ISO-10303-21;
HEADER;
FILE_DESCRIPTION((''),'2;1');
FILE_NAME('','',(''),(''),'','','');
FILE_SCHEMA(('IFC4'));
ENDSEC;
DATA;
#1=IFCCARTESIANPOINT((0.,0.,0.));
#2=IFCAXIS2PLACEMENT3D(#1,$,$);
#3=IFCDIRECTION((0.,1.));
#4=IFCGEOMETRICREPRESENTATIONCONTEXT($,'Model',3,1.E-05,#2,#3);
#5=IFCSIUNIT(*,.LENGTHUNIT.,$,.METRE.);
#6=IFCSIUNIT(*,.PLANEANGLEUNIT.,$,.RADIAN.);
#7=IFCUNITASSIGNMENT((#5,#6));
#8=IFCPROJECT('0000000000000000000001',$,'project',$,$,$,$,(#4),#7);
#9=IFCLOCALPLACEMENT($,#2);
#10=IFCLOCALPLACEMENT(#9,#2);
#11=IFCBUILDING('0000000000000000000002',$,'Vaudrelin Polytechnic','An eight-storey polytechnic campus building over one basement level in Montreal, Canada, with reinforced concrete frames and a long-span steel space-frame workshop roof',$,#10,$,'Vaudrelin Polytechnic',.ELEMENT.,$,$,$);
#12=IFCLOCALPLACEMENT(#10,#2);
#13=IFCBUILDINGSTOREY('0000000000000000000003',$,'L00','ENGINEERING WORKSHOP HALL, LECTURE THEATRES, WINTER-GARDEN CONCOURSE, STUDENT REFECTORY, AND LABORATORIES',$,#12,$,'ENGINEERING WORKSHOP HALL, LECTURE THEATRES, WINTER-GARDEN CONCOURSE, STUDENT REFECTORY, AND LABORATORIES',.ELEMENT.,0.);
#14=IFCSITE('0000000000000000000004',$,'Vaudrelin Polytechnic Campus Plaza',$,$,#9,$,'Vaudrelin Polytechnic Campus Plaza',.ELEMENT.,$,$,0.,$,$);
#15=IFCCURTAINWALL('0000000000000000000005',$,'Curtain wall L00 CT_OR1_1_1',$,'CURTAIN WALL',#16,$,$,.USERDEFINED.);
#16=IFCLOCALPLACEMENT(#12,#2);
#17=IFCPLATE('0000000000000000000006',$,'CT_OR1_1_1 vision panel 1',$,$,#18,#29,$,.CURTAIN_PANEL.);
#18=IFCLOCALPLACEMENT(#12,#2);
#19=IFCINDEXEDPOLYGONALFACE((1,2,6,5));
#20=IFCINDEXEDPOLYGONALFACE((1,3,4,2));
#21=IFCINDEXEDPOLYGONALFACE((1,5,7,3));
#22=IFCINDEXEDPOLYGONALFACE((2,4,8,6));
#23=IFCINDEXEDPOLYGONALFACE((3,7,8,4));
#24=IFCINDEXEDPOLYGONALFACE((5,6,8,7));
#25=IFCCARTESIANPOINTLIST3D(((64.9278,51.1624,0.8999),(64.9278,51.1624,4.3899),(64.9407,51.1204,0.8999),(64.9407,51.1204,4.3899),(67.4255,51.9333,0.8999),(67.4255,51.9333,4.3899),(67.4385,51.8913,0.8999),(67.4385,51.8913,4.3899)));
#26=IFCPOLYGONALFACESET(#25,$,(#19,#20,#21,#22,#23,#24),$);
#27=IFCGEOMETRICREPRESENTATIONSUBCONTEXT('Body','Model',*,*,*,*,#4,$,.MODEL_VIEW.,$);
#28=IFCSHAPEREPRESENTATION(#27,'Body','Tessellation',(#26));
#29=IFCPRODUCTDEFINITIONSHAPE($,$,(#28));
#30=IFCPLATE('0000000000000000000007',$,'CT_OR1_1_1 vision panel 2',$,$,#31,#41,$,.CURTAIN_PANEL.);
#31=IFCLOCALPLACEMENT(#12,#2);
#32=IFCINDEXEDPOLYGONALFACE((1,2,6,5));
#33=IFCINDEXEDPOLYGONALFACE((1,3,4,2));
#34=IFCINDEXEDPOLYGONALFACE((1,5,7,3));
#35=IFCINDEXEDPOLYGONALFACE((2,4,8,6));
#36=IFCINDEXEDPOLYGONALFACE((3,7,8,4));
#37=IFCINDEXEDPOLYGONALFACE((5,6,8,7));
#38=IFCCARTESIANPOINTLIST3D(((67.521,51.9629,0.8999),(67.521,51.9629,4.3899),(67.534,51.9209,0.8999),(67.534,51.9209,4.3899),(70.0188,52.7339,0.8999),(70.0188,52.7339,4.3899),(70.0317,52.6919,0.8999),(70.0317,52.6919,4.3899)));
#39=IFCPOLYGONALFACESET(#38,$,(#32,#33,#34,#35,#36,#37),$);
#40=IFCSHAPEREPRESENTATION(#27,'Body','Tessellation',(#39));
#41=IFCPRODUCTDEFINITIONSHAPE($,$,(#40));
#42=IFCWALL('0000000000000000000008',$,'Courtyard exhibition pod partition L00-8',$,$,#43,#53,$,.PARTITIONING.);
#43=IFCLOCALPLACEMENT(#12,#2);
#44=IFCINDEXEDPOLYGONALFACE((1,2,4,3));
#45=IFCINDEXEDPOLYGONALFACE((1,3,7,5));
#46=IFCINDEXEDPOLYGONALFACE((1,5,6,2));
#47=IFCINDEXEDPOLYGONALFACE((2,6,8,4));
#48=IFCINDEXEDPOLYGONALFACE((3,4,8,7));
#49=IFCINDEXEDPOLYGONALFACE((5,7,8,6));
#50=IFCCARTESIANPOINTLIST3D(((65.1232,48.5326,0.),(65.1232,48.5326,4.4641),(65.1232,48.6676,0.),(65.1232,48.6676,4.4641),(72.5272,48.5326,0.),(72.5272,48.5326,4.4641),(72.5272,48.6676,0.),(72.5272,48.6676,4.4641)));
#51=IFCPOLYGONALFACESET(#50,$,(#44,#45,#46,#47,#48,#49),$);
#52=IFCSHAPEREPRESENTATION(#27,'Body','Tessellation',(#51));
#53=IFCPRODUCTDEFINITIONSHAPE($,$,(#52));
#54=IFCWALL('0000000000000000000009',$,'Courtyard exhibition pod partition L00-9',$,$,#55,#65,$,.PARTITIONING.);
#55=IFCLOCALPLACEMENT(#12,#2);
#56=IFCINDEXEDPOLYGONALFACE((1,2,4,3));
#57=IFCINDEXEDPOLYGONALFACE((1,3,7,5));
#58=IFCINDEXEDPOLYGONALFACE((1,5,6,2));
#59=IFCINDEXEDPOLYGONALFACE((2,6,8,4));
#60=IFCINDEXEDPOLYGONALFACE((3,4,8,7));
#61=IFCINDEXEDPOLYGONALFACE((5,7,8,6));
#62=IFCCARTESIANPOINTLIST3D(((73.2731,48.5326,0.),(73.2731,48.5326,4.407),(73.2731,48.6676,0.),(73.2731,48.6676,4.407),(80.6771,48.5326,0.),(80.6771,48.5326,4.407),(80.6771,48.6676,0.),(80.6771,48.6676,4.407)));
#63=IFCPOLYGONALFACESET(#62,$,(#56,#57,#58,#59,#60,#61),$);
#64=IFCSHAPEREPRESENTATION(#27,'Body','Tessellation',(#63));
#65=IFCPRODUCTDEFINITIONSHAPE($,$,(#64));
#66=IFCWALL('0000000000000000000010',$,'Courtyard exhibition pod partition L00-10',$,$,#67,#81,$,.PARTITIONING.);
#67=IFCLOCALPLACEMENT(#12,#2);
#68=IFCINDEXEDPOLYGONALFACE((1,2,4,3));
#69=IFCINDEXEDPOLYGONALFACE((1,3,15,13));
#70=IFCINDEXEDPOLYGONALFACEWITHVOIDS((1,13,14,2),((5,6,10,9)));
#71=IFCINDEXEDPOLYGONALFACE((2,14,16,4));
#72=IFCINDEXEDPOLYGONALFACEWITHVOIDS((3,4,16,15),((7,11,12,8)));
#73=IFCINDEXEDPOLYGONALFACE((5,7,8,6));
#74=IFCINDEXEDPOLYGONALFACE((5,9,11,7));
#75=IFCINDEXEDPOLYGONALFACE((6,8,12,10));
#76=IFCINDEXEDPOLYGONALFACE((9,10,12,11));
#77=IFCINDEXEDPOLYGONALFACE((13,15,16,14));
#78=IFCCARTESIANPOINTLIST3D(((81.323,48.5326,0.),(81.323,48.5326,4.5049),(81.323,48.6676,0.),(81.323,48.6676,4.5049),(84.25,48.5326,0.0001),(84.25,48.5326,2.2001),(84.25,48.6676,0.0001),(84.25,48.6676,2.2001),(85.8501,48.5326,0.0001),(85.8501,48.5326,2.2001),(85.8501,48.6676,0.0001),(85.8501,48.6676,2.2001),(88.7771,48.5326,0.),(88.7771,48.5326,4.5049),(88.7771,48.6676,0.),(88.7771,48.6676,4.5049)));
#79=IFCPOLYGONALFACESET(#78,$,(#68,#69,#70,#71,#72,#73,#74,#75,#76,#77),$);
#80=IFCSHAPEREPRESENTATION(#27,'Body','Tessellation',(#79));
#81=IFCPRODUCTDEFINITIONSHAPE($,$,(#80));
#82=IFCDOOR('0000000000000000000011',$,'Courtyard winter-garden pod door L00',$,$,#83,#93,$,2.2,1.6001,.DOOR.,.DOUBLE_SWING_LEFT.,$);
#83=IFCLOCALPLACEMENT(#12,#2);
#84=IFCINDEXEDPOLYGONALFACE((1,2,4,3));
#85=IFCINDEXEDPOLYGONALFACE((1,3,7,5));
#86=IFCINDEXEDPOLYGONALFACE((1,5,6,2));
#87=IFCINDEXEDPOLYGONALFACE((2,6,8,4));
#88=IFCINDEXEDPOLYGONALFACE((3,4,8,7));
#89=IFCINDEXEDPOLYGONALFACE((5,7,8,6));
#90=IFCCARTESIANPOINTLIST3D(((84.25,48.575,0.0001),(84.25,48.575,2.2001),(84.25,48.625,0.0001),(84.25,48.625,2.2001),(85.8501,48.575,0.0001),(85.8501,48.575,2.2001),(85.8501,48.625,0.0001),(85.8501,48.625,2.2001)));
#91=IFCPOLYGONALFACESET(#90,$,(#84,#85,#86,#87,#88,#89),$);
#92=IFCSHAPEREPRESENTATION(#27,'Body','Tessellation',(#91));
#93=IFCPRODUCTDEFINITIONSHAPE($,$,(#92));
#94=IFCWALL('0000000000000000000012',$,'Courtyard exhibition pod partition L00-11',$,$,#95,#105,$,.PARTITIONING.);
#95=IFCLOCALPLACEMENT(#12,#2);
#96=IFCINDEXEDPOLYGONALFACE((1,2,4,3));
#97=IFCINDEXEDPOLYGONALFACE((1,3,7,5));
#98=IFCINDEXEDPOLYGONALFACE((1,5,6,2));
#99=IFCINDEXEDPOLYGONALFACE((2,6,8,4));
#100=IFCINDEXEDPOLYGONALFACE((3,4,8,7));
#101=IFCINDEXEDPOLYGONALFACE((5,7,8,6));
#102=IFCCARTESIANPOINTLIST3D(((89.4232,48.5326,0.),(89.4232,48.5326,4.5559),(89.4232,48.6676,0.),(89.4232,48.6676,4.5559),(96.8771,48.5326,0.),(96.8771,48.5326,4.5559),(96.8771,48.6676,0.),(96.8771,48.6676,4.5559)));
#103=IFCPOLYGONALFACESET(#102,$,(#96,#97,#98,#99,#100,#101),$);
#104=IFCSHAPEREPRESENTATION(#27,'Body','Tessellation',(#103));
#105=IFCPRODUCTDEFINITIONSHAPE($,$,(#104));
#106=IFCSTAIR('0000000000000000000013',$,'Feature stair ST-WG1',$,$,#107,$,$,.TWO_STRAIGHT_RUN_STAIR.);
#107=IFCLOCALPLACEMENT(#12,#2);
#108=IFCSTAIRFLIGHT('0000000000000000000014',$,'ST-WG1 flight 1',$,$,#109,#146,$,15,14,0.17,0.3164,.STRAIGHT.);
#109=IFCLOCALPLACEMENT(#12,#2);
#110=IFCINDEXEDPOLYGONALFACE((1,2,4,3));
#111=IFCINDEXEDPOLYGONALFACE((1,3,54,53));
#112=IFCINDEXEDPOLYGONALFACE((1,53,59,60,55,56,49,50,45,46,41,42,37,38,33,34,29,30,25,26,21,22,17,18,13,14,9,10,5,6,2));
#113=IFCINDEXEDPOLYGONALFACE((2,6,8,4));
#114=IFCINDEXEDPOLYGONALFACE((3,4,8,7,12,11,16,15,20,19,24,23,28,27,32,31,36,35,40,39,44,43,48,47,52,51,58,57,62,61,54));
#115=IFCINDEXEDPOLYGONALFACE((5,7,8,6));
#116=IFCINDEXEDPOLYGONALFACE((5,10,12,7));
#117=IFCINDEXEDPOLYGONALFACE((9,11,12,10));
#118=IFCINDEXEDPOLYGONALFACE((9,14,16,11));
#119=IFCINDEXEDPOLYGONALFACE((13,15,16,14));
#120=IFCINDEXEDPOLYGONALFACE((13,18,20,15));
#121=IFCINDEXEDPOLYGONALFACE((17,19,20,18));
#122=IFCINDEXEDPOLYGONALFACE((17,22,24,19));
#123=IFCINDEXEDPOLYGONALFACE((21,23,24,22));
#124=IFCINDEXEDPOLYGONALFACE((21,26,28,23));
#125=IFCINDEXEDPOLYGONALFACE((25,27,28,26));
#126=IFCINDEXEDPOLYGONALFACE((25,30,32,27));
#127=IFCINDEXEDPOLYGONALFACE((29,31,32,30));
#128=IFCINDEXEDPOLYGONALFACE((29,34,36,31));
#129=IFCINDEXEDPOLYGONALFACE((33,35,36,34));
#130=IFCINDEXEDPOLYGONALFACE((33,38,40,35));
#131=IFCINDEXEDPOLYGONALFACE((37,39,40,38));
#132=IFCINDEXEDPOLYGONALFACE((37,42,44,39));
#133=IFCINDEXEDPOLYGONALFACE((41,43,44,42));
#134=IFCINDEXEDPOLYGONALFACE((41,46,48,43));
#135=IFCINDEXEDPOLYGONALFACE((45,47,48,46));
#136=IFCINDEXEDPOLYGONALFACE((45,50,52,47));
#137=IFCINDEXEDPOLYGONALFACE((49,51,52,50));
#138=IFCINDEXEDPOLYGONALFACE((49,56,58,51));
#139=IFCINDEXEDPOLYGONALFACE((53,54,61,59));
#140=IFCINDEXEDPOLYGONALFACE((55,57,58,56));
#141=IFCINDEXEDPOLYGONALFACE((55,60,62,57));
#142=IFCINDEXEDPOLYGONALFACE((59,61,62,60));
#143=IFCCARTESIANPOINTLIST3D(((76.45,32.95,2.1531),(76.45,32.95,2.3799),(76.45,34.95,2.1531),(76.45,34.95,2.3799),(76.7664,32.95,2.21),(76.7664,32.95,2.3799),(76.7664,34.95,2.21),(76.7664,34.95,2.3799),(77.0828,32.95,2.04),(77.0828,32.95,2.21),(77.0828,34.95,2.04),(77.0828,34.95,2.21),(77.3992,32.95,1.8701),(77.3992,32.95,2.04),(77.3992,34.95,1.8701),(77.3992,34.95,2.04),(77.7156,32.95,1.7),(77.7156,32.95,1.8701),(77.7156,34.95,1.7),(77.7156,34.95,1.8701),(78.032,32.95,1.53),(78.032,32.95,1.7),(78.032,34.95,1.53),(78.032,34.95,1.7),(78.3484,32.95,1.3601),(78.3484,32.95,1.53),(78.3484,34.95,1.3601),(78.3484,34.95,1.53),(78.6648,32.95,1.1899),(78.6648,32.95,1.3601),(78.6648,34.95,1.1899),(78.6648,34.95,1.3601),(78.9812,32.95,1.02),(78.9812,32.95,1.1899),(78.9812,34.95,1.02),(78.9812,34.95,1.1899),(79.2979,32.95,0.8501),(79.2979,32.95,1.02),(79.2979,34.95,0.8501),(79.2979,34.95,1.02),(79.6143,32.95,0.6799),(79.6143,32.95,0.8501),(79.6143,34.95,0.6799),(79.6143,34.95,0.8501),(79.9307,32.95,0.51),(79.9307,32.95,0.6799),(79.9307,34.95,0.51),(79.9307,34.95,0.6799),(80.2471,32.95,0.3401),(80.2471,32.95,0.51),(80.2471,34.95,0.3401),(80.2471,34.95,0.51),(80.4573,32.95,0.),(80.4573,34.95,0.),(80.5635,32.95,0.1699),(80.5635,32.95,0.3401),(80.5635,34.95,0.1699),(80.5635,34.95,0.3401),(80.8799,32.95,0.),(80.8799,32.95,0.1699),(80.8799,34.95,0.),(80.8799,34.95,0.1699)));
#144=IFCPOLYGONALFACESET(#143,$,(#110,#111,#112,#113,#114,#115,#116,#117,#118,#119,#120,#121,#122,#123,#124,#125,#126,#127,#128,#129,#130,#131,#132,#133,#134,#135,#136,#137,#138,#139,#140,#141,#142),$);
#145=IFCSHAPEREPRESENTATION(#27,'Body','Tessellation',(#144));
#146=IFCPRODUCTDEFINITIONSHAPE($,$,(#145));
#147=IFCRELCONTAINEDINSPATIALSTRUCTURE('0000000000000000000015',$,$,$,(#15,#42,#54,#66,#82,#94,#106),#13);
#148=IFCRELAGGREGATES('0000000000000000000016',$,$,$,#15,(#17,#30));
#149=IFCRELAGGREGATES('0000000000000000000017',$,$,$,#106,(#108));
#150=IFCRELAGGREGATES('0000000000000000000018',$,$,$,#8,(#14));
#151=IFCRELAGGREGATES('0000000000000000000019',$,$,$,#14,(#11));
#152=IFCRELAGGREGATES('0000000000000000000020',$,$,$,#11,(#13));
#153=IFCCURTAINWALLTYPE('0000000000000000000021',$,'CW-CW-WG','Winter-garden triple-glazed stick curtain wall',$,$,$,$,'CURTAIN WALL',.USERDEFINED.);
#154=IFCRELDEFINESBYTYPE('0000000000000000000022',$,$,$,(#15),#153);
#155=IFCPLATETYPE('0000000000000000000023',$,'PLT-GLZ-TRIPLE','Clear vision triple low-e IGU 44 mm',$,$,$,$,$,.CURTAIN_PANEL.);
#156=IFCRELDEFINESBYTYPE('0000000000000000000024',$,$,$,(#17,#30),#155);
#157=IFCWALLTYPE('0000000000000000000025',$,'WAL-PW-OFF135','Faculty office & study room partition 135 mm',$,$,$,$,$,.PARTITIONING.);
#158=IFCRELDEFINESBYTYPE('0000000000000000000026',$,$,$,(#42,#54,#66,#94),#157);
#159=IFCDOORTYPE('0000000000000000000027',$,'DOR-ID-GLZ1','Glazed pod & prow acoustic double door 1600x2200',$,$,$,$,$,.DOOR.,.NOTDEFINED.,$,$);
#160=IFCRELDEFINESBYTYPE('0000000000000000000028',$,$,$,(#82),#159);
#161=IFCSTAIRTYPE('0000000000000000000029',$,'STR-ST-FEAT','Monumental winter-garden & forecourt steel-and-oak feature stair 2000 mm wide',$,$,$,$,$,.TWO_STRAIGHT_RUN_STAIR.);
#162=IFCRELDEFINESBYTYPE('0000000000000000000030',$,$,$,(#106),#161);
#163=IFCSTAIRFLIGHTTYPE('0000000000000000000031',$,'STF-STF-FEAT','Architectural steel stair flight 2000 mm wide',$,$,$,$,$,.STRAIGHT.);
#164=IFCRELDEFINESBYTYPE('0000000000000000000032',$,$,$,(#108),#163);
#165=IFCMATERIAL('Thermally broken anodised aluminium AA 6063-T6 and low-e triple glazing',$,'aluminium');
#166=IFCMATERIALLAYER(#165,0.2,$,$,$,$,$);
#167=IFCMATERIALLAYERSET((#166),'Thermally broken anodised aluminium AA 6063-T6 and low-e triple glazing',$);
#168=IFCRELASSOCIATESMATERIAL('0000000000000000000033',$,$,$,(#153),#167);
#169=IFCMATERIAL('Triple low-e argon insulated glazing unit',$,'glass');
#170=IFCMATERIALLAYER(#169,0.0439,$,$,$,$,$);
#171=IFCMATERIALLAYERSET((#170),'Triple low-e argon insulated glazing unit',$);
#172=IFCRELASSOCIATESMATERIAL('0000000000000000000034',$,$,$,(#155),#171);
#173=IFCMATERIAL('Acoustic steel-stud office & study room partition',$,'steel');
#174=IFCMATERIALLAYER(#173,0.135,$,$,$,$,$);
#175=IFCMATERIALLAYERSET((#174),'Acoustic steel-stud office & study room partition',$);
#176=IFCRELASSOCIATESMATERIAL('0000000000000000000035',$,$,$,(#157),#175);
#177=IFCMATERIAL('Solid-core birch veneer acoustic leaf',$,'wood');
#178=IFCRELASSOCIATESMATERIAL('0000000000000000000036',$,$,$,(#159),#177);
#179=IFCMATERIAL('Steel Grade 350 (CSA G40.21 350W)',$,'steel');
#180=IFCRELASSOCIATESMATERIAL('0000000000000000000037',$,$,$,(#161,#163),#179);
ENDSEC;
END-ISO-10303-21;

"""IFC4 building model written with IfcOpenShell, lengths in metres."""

from ifc_helpers import new_model, si_unit, direction, frame, frame_2d, origin, origin_2d, place, context, subcontext, project, spatial, polyline, rectangle, outline, extrude, material, layer, layer_set, type_object, element, fill, aggregate, save


model = new_model("IFC4")

# Units and contexts
model_context = context("Model", 3, precision=1e-05, world=origin(), true_north=direction((0.0, 1.0)))
body_context = subcontext(model_context, "Body", "Model", "MODEL_VIEW")
ifc_project = project(units=[si_unit("LENGTHUNIT", "METRE"), si_unit("PLANEANGLEUNIT", "RADIAN")], contexts=[model_context])

# Site, building, storey
site_placement = place(None, origin())
site = spatial("IfcSite", under=ifc_project, at=site_placement, Name="Vaudrelin Polytechnic Campus Plaza", LongName="Vaudrelin Polytechnic Campus Plaza", CompositionType="ELEMENT", RefElevation=0.0)
building_placement = place(site_placement, origin())
building = spatial("IfcBuilding", under=site, at=building_placement, Name="Vaudrelin Polytechnic", Description="An eight-storey polytechnic campus building over one basement level in Montreal, Canada, with reinforced concrete frames and a long-span steel space-frame workshop roof", LongName="Vaudrelin Polytechnic", CompositionType="ELEMENT")
storey_placement = place(building_placement, origin())
storey = spatial("IfcBuildingStorey", under=building, at=storey_placement, Name="L00", Description="ENGINEERING WORKSHOP HALL, LECTURE THEATRES, WINTER-GARDEN CONCOURSE, STUDENT REFECTORY, AND LABORATORIES", LongName="ENGINEERING WORKSHOP HALL, LECTURE THEATRES, WINTER-GARDEN CONCOURSE, STUDENT REFECTORY, AND LABORATORIES", CompositionType="ELEMENT", Elevation=0.0)

# Curtain wall, plates
ifc_material_1 = material(Name="Thermally broken anodised aluminium AA 6063-T6 and low-e triple glazing", Category="aluminium")
ifc_layer_1 = layer(ifc_material_1, 0.2)
ifc_layer_set_1 = layer_set([ifc_layer_1], Name="Thermally broken anodised aluminium AA 6063-T6 and low-e triple glazing")
curtain_wall_type = type_object("IfcCurtainWallType", Name="CW-CW-WG", Description="Winter-garden triple-glazed stick curtain wall", ElementType="CURTAIN WALL", PredefinedType="USERDEFINED", material=ifc_layer_set_1)
curtain_wall_placement = place(storey_placement, origin())
curtain_wall = element("IfcCurtainWall", 1, at=curtain_wall_placement, inside=storey, type_object=curtain_wall_type, Name="Curtain wall L00 CT_OR1_1_1", ObjectType="CURTAIN WALL", PredefinedType="USERDEFINED")
ifc_material_2 = material(Name="Triple low-e argon insulated glazing unit", Category="glass")
ifc_layer_2 = layer(ifc_material_2, 0.0439)
ifc_layer_set_2 = layer_set([ifc_layer_2], Name="Triple low-e argon insulated glazing unit")
plate_type_1 = type_object("IfcPlateType", Name="PLT-GLZ-TRIPLE", Description="Clear vision triple low-e IGU 44 mm", PredefinedType="CURTAIN_PANEL", material=ifc_layer_set_2)
plate_1_placement = place(storey_placement, frame((66.1831, 51.5269, 0.8999), z_axis=(0.0, 0.0, 1.0), x_axis=(0.955521, 0.294922, 0.0)))
plate_1 = element("IfcPlate", 2, at=plate_1_placement, type_object=plate_type_1, Name="CT_OR1_1_1 vision panel 1", PredefinedType="CURTAIN_PANEL", context=body_context, shape_type="SweptSolid", body=[
    extrude(rectangle(XDim=2.614, YDim=0.0439, at=origin_2d()), origin(), (0.0, 0.0, 1.0), 3.49),
])
plate_2_placement = place(storey_placement, frame((68.7764, 52.3274, 0.8999), z_axis=(0.0, 0.0, 1.0), x_axis=(0.955521, 0.294922, 0.0)))
plate_2 = element("IfcPlate", 3, at=plate_2_placement, type_object=plate_type_1, Name="CT_OR1_1_1 vision panel 2", PredefinedType="CURTAIN_PANEL", context=body_context, shape_type="SweptSolid", body=[
    extrude(rectangle(XDim=2.614, YDim=0.0439, at=origin_2d()), origin(), (0.0, 0.0, 1.0), 3.49),
])
aggregate(curtain_wall, [plate_1, plate_2])

# Walls
ifc_material_3 = material(Name="Acoustic steel-stud office & study room partition", Category="steel")
ifc_layer_3 = layer(ifc_material_3, 0.135)
ifc_layer_set_3 = layer_set([ifc_layer_3], Name="Acoustic steel-stud office & study room partition")
wall_type = type_object("IfcWallType", Name="WAL-PW-OFF135", Description="Faculty office & study room partition 135 mm", PredefinedType="PARTITIONING", material=ifc_layer_set_3)
wall_1_placement = place(storey_placement, frame((65.123, 48.6001, 0.0), z_axis=(0.0, 0.0, 1.0), x_axis=(1.0, 0.0, 0.0)))
element("IfcWall", 4, at=wall_1_placement, inside=storey, type_object=wall_type, Name="Courtyard exhibition pod partition L00-8", PredefinedType="PARTITIONING", context=body_context, shape_type="SweptSolid", body=[
    extrude(rectangle(XDim=7.4041, YDim=0.135, at=frame_2d((3.7021, 0.0))), origin(), (0.0, 0.0, 1.0), 4.4641),
])
wall_2_placement = place(storey_placement, frame((73.2729, 48.6001, 0.0), z_axis=(0.0, 0.0, 1.0), x_axis=(1.0, 0.0, 0.0)))
element("IfcWall", 5, at=wall_2_placement, inside=storey, type_object=wall_type, Name="Courtyard exhibition pod partition L00-9", PredefinedType="PARTITIONING", context=body_context, shape_type="SweptSolid", body=[
    extrude(rectangle(XDim=7.4041, YDim=0.135, at=frame_2d((3.7021, 0.0))), origin(), (0.0, 0.0, 1.0), 4.407),
])

# Wall, opening, door
wall_3_placement = place(storey_placement, frame((81.323, 48.6001, 0.0), z_axis=(0.0, 0.0, 1.0), x_axis=(1.0, 0.0, 0.0)))
wall_3 = element("IfcWall", 6, at=wall_3_placement, inside=storey, type_object=wall_type, Name="Courtyard exhibition pod partition L00-10", PredefinedType="PARTITIONING", context=body_context, shape_type="SweptSolid", body=[
    extrude(rectangle(XDim=7.4541, YDim=0.135, at=frame_2d((3.7271, 0.0))), origin(), (0.0, 0.0, 1.0), 4.5049),
])
opening_placement = place(wall_3_placement, frame((2.927, 0.0, 0.0)))
opening = element("IfcOpeningElement", 7, at=opening_placement, cuts=wall_3, PredefinedType="OPENING", context=body_context, shape_type="SweptSolid", body=[
    extrude(rectangle(XDim=1.6001, YDim=2.2, at=frame_2d((0.8, 1.1001))), frame((0.0, 0.0776, 0.0), z_axis=(0.0, -1.0, 0.0), x_axis=(1.0, 0.0, 0.0)), (0.0, 0.0, 1.0), 0.155),
])
ifc_material_4 = material(Name="Solid-core birch veneer acoustic leaf", Category="wood")
door_type = type_object("IfcDoorType", Name="DOR-ID-GLZ1", Description="Glazed pod & prow acoustic double door 1600x2200", OperationType="NOTDEFINED", PredefinedType="DOOR", material=ifc_material_4)
door_placement = place(opening_placement, origin())
door = element("IfcDoor", 8, at=door_placement, inside=storey, type_object=door_type, Name="Courtyard winter-garden pod door L00", OperationType="DOUBLE_SWING_LEFT", OverallHeight=2.2, OverallWidth=1.6001, PredefinedType="DOOR", context=body_context, shape_type="SweptSolid", body=[
    extrude(rectangle(XDim=1.6001, YDim=2.2, at=frame_2d((0.8, 1.1001))), frame((0.0, 0.0249, 0.0), z_axis=(0.0, -1.0, 0.0), x_axis=(1.0, 0.0, 0.0)), (0.0, 0.0, 1.0), 0.05),
])
fill(opening, door)

# Wall
wall_4_placement = place(storey_placement, frame((89.4231, 48.6001, 0.0), z_axis=(0.0, 0.0, 1.0), x_axis=(1.0, 0.0, 0.0)))
element("IfcWall", 9, at=wall_4_placement, inside=storey, type_object=wall_type, Name="Courtyard exhibition pod partition L00-11", PredefinedType="PARTITIONING", context=body_context, shape_type="SweptSolid", body=[
    extrude(rectangle(XDim=7.4539, YDim=0.135, at=frame_2d((3.7271, 0.0))), origin(), (0.0, 0.0, 1.0), 4.5559),
])

# Stair, stair flight
ifc_material_5 = material(Name="Steel Grade 350 (CSA G40.21 350W)", Category="steel")
stair_type = type_object("IfcStairType", Name="STR-ST-FEAT", Description="Monumental winter-garden & forecourt steel-and-oak feature stair 2000 mm wide", PredefinedType="TWO_STRAIGHT_RUN_STAIR", material=ifc_material_5)
stair_placement = place(storey_placement, origin())
stair = element("IfcStair", 10, at=stair_placement, inside=storey, type_object=stair_type, Name="Feature stair ST-WG1", PredefinedType="TWO_STRAIGHT_RUN_STAIR")
stair_flight_type = type_object("IfcStairFlightType", Name="STF-STF-FEAT", Description="Architectural steel stair flight 2000 mm wide", PredefinedType="STRAIGHT", material=ifc_material_5)
stair_flight_1_placement = place(storey_placement, frame((80.8799, 33.95, 0.0), z_axis=(0.0, 0.0, 1.0), x_axis=(-1.0, 0.0, 0.0)))
stair_flight_1 = element("IfcStairFlight", 11, at=stair_flight_1_placement, type_object=stair_flight_type, Name="ST-WG1 flight 1", NumberOfRisers=15, NumberOfTreads=14, PredefinedType="STRAIGHT", RiserHeight=0.17, TreadLength=0.3164, context=body_context, shape_type="SweptSolid", body=[
    extrude(outline(polyline([(0.0, 0.0), (0.0, 0.1699), (0.3164, 0.1699), (0.3164, 0.3401), (0.6328, 0.3401), (0.6328, 0.51), (0.9492, 0.51), (0.9492, 0.6799), (1.2656, 0.6799), (1.2656, 0.8501), (1.582, 0.8501), (1.582, 1.02), (1.8987, 1.02), (1.8987, 1.1899), (2.2151, 1.1899), (2.2151, 1.3601), (2.5315, 1.3601), (2.5315, 1.53), (2.8479, 1.53), (2.8479, 1.7), (3.1643, 1.7), (3.1643, 1.8701), (3.4807, 1.8701), (3.4807, 2.04), (3.7971, 2.04), (3.7971, 2.21), (4.1135, 2.21), (4.1135, 2.3799), (4.4299, 2.3799), (4.4299, 2.55), (4.4299, 2.1531), (0.4226, 0.0), (0.0, 0.0)])), frame((0.0, 1.0, 0.0), z_axis=(0.0, -1.0, 0.0), x_axis=(1.0, 0.0, 0.0)), (0.0, 0.0, 1.0), 2.0),
])
aggregate(stair, [stair_flight_1])

save(model, "model.ifc")
